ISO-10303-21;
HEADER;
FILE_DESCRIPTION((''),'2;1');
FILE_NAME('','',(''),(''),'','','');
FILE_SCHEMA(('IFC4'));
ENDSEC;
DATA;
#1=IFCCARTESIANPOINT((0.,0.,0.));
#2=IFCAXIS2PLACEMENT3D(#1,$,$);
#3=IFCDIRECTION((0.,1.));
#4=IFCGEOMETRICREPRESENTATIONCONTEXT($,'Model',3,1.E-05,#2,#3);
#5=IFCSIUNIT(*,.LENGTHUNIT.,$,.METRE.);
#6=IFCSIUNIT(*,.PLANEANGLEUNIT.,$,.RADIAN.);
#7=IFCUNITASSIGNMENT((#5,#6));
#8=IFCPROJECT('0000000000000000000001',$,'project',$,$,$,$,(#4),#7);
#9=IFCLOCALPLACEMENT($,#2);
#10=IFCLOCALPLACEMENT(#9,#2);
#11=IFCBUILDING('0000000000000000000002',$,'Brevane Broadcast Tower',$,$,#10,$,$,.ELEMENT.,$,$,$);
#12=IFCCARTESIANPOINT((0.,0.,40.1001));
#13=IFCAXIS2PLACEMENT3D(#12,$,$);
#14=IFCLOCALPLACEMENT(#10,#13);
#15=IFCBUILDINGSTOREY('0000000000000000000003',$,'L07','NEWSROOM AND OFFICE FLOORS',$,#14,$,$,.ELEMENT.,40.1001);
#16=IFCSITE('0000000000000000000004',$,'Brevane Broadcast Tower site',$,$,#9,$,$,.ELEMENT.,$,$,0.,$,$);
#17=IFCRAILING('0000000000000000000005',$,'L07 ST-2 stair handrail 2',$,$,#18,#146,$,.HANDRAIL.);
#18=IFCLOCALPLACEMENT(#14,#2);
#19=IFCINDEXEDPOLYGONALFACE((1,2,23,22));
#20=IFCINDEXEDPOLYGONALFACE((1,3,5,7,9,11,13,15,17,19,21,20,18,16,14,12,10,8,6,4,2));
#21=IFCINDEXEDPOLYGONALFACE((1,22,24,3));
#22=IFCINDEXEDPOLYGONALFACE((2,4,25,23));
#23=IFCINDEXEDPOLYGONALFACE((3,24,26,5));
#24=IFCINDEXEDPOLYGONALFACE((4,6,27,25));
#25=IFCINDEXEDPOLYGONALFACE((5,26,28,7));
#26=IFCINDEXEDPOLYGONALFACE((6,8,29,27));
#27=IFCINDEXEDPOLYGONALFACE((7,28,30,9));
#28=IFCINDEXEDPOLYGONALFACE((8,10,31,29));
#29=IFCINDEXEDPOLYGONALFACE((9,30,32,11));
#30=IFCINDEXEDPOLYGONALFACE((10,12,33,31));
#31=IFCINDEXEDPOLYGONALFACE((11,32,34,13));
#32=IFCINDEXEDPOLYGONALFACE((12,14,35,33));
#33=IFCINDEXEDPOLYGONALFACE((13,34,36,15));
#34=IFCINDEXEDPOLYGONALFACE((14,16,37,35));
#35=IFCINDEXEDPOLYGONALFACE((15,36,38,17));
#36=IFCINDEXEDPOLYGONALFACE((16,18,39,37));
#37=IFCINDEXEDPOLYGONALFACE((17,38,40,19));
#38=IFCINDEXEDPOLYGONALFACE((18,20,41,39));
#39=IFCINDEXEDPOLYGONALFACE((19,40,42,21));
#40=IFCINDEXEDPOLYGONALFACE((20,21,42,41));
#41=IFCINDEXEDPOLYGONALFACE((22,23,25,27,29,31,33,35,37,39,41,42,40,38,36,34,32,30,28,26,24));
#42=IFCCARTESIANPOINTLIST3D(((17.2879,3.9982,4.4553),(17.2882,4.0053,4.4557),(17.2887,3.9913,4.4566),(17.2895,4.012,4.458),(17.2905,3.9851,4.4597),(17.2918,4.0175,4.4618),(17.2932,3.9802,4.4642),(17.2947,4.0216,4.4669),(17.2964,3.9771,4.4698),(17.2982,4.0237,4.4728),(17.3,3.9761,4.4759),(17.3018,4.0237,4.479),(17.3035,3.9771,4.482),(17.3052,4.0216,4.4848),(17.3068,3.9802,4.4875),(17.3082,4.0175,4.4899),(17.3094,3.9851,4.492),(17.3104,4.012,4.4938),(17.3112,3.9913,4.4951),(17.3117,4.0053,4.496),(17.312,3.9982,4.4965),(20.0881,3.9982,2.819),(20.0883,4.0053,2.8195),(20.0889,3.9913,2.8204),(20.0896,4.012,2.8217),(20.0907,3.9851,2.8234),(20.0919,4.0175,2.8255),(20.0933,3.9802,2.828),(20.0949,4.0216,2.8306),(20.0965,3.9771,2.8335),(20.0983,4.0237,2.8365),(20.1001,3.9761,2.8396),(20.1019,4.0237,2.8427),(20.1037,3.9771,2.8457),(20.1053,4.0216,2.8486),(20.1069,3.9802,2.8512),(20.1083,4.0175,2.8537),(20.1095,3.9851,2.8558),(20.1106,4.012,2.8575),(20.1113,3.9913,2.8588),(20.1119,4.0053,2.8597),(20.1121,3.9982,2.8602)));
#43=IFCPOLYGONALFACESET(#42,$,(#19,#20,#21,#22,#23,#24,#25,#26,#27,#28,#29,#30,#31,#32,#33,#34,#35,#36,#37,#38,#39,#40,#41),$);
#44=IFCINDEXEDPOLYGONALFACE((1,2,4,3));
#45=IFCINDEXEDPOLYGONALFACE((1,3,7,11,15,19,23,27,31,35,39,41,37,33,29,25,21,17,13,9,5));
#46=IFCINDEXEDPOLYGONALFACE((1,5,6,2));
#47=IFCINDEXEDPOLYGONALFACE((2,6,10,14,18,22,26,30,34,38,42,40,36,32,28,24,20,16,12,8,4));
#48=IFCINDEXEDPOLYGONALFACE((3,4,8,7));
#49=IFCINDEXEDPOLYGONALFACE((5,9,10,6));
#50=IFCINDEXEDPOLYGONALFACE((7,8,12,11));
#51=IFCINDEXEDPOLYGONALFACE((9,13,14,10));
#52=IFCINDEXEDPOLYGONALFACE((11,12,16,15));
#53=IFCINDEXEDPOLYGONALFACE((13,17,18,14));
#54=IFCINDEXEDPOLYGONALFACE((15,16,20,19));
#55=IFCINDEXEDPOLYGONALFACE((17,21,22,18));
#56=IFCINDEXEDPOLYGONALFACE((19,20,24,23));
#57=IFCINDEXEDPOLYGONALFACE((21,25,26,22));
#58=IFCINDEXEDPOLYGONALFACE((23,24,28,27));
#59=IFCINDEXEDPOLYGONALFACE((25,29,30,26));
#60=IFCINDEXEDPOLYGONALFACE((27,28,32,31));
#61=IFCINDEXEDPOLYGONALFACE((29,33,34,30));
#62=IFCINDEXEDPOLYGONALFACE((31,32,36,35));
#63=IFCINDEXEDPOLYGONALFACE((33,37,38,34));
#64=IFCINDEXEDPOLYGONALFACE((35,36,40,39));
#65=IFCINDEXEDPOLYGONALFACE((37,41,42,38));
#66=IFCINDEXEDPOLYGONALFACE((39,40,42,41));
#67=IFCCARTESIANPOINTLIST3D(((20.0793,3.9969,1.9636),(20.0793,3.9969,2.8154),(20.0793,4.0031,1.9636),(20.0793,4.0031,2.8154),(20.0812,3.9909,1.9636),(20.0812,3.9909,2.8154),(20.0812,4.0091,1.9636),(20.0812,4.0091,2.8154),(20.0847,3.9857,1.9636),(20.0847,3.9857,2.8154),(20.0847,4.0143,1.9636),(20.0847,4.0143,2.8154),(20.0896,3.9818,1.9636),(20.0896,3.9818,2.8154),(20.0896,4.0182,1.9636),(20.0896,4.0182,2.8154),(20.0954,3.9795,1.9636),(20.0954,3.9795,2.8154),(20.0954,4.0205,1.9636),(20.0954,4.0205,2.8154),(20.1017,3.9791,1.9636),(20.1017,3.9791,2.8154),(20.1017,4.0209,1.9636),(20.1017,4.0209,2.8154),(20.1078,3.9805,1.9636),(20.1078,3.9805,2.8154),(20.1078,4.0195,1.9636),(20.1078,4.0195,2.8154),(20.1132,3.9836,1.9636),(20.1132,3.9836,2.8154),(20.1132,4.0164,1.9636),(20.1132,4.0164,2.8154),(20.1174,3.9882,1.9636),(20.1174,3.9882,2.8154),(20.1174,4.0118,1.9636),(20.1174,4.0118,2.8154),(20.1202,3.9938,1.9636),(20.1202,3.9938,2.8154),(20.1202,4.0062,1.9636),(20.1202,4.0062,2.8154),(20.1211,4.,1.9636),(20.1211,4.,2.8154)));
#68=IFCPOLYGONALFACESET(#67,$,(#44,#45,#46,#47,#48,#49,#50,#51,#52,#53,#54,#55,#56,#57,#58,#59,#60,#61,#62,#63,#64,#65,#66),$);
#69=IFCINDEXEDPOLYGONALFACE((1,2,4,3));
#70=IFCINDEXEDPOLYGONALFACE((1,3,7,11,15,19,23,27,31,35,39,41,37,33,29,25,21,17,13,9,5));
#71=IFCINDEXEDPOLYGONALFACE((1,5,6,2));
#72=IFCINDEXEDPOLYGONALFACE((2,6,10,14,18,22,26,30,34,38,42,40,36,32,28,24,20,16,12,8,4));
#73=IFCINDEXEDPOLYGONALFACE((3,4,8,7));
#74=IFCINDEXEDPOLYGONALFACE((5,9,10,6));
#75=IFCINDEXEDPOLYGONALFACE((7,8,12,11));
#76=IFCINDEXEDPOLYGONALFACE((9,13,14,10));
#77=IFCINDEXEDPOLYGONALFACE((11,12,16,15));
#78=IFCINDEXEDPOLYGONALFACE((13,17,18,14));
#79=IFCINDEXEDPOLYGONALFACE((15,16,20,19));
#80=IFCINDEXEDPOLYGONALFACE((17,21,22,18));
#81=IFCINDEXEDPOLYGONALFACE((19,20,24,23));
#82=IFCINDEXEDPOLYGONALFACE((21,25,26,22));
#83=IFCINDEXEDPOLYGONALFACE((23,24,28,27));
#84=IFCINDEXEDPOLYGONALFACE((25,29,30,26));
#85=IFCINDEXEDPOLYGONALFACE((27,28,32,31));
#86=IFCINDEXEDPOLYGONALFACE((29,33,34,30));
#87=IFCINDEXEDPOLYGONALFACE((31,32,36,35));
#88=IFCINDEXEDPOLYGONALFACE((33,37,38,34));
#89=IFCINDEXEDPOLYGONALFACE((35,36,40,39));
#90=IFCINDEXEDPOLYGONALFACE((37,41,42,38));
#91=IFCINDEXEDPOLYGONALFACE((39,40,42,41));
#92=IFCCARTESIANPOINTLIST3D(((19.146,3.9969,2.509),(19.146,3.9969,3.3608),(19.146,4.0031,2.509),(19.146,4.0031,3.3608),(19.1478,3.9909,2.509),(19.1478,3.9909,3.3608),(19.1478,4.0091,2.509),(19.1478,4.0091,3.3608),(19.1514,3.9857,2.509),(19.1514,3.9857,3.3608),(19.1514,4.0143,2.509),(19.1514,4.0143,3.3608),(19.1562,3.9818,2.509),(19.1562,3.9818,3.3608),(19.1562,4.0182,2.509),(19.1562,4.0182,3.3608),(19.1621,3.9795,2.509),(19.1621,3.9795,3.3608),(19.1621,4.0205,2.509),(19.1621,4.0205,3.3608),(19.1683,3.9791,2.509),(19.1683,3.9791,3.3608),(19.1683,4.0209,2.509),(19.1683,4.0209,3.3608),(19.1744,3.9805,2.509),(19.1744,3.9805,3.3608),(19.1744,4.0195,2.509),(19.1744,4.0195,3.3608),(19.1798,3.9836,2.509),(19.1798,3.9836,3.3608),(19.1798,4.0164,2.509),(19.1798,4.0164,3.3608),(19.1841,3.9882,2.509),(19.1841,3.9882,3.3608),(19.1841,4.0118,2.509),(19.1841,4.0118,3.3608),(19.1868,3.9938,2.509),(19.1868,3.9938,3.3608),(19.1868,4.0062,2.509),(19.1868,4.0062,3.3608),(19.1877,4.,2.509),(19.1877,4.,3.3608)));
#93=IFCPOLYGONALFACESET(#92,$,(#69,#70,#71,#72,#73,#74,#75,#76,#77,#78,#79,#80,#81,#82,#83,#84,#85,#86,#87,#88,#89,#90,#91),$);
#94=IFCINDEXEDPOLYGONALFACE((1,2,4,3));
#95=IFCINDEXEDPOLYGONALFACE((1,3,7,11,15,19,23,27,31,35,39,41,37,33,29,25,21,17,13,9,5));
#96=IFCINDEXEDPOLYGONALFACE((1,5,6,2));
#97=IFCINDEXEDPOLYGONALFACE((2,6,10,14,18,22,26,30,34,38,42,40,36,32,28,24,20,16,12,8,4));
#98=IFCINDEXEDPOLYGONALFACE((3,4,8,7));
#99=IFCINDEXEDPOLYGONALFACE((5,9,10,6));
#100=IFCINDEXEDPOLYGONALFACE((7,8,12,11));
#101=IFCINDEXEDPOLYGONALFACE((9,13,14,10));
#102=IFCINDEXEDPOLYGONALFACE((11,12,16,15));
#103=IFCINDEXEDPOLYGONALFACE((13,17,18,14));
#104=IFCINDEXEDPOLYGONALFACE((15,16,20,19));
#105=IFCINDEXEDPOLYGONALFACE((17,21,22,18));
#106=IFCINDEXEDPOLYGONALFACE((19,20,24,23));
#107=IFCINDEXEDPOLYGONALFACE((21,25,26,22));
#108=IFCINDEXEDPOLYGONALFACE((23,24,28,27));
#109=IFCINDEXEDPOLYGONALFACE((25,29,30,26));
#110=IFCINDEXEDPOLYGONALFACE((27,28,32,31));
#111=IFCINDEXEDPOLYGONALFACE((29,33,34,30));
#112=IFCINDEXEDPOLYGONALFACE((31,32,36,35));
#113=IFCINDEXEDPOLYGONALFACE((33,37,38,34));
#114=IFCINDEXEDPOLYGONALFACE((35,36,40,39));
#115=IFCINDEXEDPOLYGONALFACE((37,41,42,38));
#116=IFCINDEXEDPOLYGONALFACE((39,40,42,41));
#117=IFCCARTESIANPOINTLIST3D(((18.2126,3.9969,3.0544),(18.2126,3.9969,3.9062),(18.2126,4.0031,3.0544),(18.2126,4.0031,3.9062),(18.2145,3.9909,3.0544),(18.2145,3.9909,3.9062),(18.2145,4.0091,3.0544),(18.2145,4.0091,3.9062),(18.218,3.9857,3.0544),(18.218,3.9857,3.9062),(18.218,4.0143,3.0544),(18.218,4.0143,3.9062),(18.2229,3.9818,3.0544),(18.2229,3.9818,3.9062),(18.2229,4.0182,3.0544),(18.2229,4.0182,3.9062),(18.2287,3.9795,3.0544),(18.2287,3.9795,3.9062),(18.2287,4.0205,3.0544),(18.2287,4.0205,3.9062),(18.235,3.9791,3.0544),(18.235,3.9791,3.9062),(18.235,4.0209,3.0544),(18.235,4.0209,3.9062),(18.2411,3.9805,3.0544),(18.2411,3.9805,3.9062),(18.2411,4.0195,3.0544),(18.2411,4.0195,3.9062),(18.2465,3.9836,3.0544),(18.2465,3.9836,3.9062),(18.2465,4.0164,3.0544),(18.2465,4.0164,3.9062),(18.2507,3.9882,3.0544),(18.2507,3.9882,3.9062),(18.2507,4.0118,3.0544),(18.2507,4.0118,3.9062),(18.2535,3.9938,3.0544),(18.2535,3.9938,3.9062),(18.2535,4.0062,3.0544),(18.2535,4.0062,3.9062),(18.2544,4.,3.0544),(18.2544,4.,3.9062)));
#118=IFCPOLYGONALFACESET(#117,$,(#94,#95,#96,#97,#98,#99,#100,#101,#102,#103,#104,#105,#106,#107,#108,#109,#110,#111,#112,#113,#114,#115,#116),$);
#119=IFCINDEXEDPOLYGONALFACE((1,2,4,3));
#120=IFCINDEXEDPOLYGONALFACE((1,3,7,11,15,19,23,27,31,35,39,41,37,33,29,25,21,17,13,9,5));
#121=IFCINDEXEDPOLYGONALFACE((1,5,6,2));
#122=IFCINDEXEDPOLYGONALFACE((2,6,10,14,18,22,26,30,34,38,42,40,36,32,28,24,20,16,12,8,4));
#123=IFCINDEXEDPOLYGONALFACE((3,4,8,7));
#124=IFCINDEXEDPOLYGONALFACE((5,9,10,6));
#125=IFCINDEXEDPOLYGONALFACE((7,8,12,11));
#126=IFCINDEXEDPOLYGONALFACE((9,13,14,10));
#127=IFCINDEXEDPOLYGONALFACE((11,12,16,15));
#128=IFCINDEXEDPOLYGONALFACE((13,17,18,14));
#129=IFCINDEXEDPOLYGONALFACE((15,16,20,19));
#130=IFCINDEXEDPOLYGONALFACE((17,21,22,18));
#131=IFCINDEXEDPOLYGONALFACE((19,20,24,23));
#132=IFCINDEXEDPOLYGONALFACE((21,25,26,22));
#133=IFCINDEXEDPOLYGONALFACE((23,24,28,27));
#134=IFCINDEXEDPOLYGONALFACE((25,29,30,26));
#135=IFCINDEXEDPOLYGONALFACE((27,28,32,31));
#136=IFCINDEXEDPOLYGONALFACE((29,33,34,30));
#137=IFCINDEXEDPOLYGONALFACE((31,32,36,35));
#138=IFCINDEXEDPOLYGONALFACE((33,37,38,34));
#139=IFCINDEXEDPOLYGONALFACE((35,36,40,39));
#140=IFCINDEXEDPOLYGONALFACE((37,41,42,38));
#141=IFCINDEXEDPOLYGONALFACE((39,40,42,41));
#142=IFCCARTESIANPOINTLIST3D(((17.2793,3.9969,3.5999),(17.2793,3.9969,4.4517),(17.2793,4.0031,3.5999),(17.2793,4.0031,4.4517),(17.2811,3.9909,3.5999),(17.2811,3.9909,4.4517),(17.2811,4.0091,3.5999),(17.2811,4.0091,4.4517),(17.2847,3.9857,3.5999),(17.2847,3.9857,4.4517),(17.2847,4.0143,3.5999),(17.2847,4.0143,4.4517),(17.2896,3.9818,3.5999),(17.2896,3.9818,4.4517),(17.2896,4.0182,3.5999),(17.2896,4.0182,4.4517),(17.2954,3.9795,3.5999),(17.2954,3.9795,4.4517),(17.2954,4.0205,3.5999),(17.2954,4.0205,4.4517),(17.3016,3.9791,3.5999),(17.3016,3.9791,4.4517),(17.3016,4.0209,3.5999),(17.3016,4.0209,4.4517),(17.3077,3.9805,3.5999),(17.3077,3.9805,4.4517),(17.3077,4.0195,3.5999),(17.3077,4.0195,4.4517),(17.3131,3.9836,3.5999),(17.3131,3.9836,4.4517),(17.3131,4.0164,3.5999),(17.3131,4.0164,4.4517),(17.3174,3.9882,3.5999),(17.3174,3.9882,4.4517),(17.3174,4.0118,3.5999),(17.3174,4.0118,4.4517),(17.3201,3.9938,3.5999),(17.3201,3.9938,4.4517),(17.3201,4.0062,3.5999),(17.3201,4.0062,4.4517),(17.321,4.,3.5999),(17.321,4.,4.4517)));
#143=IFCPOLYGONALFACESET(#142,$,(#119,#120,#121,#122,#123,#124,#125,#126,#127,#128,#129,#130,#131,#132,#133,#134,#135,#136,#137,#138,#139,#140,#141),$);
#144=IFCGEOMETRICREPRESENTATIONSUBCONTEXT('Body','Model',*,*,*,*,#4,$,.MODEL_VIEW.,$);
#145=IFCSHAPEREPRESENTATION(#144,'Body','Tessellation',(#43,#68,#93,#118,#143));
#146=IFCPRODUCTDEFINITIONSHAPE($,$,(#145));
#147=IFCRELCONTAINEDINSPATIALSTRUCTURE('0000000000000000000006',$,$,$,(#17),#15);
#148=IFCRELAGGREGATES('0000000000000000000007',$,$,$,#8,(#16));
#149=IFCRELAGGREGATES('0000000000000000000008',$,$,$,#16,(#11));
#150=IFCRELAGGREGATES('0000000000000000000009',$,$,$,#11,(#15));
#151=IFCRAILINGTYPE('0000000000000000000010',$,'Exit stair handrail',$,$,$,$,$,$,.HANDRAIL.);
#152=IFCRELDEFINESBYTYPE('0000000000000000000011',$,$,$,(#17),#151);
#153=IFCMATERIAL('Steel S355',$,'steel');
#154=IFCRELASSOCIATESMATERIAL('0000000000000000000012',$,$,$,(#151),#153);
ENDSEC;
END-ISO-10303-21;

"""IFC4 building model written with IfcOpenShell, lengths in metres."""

from ifc_helpers import new_model, si_unit, direction, frame, origin, origin_2d, place, context, subcontext, project, spatial, circle, extrude, material, type_object, element, save


model = new_model("IFC4")

# Units and contexts
model_context = context("Model", 3, precision=1e-05, world=origin(), true_north=direction((0.0, 1.0)))
body_context = subcontext(model_context, "Body", "Model", "MODEL_VIEW")
ifc_project = project(units=[si_unit("LENGTHUNIT", "METRE"), si_unit("PLANEANGLEUNIT", "RADIAN")], contexts=[model_context])

# Site, building, storey
site_placement = place(None, origin())
site = spatial("IfcSite", under=ifc_project, at=site_placement, Name="Brevane Broadcast Tower site", CompositionType="ELEMENT", RefElevation=0.0)
building_placement = place(site_placement, origin())
building = spatial("IfcBuilding", under=site, at=building_placement, Name="Brevane Broadcast Tower", CompositionType="ELEMENT")
storey_placement = place(building_placement, frame((0.0, 0.0, 40.1001)))
storey = spatial("IfcBuildingStorey", under=building, at=storey_placement, Name="L07", Description="NEWSROOM AND OFFICE FLOORS", CompositionType="ELEMENT", Elevation=40.1001)

# Railing
ifc_material_1 = material(Name="Steel S355", Category="steel")
railing_type_1 = type_object("IfcRailingType", Name="Exit stair handrail", PredefinedType="HANDRAIL", material=ifc_material_1)
railing_1_placement = place(storey_placement, frame((20.1001, 4.0, 1.9636)))
element("IfcRailing", 1, at=railing_1_placement, inside=storey, type_object=railing_type_1, Name="L07 ST-2 stair handrail 2", PredefinedType="HANDRAIL", context=body_context, shape_type="SweptSolid", body=[
    extrude(circle(Radius=0.0239, at=origin_2d()), frame((0.0, 0.0, 0.876), z_axis=(-0.863394, 0.0, 0.504531), x_axis=(0.0, -1.0, 0.0)), (0.0, 0.0, 1.0), 3.2432),
    extrude(circle(Radius=0.021, at=origin_2d()), origin(), (0.0, 0.0, 1.0), 0.8518),
    extrude(circle(Radius=0.021, at=origin_2d()), frame((-0.9333, 0.0, 0.5454)), (0.0, 0.0, 1.0), 0.8518),
    extrude(circle(Radius=0.021, at=origin_2d()), frame((-1.8667, 0.0, 1.0908)), (0.0, 0.0, 1.0), 0.8518),
    extrude(circle(Radius=0.021, at=origin_2d()), frame((-2.8, 0.0, 1.6362)), (0.0, 0.0, 1.0), 0.8518),
])

save(model, "model.ifc")
